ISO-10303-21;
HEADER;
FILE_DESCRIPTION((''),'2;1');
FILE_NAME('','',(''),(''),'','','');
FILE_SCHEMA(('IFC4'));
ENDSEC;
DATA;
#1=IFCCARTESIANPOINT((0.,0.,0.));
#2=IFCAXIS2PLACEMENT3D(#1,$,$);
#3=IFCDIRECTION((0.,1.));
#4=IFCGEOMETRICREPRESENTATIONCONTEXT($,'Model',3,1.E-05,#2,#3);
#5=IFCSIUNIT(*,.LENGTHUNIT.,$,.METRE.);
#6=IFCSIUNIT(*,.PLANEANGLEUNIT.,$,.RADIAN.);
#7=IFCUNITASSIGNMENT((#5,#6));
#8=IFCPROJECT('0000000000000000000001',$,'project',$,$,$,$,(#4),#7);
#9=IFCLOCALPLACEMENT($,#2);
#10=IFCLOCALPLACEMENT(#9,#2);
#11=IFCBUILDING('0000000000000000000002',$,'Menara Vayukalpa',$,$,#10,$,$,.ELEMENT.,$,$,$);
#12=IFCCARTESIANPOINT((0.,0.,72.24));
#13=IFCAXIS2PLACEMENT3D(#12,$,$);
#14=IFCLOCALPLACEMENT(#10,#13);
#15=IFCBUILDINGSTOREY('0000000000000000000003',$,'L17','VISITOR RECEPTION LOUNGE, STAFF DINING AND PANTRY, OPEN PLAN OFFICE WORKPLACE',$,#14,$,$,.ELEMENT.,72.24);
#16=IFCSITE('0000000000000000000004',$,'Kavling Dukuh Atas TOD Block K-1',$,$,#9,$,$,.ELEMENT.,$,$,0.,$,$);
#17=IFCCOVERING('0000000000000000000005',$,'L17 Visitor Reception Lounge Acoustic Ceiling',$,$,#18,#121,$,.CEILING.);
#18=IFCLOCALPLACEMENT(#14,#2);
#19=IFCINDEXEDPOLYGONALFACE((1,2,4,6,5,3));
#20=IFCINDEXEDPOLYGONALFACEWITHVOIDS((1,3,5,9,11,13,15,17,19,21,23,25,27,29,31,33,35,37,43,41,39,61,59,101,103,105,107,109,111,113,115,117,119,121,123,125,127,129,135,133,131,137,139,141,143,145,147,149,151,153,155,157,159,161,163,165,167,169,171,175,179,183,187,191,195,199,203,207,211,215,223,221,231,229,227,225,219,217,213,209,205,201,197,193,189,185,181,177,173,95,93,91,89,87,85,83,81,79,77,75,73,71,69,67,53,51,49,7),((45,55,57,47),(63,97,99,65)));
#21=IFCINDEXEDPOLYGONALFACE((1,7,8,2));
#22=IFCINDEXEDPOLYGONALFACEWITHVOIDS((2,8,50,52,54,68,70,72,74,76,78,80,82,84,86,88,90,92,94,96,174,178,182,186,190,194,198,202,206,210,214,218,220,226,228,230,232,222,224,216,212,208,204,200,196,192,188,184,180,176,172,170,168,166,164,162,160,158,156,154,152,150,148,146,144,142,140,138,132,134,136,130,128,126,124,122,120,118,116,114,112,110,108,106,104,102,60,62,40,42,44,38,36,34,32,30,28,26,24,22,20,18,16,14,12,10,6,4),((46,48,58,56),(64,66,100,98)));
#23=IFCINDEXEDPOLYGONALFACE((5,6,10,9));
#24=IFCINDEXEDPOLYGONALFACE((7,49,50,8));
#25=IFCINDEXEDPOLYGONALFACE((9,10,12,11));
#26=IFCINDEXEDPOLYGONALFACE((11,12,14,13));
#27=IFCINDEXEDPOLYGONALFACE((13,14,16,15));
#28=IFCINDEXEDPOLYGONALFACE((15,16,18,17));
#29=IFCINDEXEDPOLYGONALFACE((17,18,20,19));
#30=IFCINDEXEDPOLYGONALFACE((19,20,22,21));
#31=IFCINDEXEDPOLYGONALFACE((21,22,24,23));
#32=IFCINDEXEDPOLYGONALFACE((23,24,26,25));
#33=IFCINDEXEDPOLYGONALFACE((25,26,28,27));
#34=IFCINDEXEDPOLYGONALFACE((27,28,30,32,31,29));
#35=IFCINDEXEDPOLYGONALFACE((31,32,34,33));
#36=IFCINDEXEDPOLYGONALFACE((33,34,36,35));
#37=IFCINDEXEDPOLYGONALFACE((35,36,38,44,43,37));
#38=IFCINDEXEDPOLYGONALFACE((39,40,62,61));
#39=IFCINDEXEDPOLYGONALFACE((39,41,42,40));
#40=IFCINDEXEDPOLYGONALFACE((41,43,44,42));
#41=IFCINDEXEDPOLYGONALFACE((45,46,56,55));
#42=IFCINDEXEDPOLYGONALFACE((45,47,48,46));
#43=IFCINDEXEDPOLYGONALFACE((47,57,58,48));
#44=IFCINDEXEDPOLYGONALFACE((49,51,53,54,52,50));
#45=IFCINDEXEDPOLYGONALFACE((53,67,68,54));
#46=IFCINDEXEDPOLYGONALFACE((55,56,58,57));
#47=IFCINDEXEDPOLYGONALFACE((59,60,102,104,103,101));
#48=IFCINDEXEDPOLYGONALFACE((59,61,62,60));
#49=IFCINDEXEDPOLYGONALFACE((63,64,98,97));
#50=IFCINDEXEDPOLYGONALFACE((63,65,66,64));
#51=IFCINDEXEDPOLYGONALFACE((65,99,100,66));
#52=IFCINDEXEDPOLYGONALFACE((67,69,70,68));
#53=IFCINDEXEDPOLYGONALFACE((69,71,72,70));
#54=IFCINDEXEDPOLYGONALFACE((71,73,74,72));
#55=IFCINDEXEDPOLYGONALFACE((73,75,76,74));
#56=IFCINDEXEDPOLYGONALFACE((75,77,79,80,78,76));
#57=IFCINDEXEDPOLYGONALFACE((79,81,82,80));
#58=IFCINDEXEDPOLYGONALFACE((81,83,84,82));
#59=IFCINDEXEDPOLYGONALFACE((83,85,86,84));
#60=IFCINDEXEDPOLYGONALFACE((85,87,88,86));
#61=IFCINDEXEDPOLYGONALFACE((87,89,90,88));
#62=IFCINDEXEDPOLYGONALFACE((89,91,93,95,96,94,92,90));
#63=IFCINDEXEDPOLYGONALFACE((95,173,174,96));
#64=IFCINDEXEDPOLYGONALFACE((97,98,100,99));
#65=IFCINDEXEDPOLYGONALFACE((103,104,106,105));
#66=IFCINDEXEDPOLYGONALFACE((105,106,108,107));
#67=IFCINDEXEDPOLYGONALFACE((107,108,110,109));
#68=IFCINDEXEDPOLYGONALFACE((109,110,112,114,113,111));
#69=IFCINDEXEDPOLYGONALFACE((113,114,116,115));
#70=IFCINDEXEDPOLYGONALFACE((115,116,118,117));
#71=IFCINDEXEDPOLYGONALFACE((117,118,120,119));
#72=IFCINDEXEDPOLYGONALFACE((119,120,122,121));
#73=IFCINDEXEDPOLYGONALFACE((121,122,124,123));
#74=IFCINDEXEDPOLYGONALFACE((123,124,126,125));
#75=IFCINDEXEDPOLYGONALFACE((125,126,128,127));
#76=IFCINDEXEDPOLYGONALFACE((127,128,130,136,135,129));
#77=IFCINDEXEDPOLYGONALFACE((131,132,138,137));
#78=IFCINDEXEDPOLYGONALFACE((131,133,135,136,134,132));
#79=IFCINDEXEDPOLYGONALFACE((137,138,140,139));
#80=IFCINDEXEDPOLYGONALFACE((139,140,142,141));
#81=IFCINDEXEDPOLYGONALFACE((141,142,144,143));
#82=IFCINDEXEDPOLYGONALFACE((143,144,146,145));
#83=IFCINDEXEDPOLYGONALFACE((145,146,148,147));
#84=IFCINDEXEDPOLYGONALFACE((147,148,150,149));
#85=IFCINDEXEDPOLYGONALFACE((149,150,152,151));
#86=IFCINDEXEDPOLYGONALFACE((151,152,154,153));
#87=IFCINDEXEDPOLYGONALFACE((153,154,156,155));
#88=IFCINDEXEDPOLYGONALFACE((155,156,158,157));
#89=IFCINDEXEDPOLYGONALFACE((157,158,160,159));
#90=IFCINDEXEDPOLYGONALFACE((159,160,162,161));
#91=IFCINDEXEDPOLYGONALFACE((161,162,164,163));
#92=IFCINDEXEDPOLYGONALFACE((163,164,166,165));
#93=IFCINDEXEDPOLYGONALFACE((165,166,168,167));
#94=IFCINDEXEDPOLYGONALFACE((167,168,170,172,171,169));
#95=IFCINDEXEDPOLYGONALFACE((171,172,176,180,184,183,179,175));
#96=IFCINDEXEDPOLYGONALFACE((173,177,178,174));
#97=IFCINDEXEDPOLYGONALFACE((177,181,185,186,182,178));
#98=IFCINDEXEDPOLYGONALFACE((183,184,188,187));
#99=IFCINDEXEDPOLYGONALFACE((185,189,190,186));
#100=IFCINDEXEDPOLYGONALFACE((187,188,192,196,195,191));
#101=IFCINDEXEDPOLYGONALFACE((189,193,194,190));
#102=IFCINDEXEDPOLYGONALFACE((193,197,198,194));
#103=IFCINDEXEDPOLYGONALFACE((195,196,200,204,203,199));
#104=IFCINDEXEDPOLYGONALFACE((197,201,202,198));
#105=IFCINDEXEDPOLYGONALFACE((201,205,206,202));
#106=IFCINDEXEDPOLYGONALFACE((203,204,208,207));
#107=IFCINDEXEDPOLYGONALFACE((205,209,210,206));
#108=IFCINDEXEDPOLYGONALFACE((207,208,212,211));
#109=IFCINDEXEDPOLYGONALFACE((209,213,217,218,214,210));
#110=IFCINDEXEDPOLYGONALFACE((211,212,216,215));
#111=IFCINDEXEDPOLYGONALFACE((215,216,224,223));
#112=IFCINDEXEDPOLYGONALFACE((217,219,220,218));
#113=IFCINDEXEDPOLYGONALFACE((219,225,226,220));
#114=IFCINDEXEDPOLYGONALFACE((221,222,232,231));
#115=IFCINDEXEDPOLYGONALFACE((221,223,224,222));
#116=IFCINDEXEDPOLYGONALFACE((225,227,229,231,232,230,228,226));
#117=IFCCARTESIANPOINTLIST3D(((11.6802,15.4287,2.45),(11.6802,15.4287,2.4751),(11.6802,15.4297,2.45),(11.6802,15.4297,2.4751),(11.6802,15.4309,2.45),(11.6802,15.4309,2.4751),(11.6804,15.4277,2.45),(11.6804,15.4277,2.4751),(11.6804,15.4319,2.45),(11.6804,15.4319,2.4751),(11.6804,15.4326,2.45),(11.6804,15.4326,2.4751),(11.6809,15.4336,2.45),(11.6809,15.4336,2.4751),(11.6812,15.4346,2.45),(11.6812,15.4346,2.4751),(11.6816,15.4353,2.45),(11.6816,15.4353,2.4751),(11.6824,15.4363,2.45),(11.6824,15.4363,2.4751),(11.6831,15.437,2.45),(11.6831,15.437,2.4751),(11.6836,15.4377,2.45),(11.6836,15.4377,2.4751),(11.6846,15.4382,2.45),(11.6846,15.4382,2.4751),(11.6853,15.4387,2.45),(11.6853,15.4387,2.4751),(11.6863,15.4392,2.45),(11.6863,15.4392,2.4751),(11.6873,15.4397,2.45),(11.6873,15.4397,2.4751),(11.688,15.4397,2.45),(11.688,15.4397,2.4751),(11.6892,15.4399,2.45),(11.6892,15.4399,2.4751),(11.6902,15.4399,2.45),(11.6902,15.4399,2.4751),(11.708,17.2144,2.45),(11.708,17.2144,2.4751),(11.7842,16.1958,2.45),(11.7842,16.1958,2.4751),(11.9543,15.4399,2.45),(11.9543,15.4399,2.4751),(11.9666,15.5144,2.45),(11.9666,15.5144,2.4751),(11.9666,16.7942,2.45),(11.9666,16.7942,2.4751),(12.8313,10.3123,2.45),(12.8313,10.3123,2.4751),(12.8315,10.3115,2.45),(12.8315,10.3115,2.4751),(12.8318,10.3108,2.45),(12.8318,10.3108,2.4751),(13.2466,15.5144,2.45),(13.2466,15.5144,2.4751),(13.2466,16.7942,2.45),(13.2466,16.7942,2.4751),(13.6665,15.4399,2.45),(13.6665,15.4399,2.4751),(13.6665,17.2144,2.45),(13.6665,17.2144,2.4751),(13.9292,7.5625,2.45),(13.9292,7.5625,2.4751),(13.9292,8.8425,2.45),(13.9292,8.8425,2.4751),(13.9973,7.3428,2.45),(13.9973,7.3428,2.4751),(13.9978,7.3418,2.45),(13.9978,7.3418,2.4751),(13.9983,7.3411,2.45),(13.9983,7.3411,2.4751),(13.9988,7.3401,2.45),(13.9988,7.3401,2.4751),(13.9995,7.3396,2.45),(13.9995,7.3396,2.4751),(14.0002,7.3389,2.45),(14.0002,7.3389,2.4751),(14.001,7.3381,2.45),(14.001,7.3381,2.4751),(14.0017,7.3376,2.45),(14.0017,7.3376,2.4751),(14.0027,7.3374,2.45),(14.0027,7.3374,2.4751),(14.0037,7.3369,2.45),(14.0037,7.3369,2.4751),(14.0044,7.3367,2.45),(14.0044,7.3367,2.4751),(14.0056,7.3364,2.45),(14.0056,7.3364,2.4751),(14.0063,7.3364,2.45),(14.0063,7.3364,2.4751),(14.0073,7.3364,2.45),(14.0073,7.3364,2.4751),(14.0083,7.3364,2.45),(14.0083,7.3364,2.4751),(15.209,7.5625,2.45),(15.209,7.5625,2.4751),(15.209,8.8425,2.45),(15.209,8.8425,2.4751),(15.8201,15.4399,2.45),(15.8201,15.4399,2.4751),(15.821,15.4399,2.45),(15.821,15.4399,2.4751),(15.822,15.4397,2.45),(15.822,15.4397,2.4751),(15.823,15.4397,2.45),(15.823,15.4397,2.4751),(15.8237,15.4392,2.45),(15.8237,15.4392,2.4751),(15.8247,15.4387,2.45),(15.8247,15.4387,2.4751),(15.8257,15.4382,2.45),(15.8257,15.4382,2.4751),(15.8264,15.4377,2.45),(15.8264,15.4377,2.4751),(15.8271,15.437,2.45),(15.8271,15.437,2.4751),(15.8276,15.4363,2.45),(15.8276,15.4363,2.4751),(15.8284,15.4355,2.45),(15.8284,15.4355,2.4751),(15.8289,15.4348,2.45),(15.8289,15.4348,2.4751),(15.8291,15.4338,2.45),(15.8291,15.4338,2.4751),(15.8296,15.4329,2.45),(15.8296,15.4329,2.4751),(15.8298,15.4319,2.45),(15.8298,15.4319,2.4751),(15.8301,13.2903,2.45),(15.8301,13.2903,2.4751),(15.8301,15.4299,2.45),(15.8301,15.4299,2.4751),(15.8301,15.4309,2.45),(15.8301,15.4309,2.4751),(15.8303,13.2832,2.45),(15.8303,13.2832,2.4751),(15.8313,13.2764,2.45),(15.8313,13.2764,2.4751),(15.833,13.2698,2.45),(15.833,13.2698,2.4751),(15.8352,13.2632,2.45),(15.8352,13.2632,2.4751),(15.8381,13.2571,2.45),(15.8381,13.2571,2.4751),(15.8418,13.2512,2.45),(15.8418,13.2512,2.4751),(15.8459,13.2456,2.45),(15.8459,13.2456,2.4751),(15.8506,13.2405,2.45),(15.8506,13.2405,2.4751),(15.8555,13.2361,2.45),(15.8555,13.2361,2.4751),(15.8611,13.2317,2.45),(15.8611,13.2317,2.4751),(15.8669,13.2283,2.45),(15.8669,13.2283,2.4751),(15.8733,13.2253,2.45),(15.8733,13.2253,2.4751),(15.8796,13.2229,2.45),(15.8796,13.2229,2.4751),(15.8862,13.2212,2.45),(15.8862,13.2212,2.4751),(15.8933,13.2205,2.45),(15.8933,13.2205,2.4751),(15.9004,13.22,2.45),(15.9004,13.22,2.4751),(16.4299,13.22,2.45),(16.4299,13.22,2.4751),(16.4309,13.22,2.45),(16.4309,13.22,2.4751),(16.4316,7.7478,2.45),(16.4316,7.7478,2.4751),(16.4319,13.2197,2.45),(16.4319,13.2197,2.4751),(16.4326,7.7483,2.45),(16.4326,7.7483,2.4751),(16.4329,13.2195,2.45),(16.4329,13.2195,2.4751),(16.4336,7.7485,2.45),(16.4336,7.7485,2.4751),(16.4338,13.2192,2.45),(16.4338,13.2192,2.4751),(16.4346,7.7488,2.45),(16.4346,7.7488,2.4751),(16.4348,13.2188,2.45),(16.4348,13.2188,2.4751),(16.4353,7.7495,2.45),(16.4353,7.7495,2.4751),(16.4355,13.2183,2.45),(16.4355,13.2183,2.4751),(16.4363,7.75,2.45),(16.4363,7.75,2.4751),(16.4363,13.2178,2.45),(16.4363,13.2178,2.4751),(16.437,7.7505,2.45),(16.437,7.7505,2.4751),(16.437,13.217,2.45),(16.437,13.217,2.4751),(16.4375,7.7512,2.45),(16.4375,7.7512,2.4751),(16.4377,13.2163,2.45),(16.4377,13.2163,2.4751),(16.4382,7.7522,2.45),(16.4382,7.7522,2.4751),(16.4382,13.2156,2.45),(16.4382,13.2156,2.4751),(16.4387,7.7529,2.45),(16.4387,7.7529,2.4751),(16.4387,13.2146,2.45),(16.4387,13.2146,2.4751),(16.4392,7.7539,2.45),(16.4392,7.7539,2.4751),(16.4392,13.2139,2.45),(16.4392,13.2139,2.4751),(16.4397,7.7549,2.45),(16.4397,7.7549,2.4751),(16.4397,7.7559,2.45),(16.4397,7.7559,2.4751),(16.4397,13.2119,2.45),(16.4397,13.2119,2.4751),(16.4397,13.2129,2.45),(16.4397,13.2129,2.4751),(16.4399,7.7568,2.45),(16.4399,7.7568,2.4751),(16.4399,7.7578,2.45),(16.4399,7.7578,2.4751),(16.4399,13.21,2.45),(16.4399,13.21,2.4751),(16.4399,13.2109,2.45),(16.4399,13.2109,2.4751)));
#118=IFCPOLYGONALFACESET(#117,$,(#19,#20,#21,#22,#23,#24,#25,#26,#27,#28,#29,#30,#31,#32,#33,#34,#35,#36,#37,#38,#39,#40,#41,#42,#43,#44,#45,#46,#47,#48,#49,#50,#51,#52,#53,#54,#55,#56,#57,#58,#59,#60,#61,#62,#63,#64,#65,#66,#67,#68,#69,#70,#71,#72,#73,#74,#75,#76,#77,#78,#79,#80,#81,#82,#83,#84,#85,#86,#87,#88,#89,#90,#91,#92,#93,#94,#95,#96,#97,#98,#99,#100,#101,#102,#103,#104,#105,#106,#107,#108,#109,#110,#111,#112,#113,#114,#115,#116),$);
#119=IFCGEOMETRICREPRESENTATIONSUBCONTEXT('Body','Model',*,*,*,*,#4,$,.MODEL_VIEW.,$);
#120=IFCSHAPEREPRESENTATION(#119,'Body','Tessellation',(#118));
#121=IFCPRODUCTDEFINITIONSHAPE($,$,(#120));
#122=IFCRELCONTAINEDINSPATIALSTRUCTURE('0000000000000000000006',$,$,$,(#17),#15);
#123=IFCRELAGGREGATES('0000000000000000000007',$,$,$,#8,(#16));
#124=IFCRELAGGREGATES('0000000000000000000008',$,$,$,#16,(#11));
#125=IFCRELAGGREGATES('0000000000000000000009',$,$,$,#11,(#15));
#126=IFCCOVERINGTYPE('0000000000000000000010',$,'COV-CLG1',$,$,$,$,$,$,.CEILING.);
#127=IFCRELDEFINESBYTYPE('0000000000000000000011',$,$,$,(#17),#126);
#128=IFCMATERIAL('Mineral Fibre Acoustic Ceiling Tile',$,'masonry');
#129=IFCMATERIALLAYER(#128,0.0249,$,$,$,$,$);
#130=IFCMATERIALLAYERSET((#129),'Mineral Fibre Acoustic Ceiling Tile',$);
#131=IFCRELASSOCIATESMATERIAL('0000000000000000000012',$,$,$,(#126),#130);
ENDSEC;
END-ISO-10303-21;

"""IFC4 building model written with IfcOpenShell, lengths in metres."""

from ifc_helpers import new_model, si_unit, direction, frame, origin, place, context, subcontext, project, spatial, polyline, outline, extrude, material, layer, layer_set, type_object, element, save


model = new_model("IFC4")

# Units and contexts
model_context = context("Model", 3, precision=1e-05, world=origin(), true_north=direction((0.0, 1.0)))
body_context = subcontext(model_context, "Body", "Model", "MODEL_VIEW")
ifc_project = project(units=[si_unit("LENGTHUNIT", "METRE"), si_unit("PLANEANGLEUNIT", "RADIAN")], contexts=[model_context])

# Site, building, storey
site_placement = place(None, origin())
site = spatial("IfcSite", under=ifc_project, at=site_placement, Name="Kavling Dukuh Atas TOD Block K-1", CompositionType="ELEMENT", RefElevation=0.0)
building_placement = place(site_placement, origin())
building = spatial("IfcBuilding", under=site, at=building_placement, Name="Menara Vayukalpa", CompositionType="ELEMENT")
storey_placement = place(building_placement, frame((0.0, 0.0, 72.24)))
storey = spatial("IfcBuildingStorey", under=building, at=storey_placement, Name="L17", Description="VISITOR RECEPTION LOUNGE, STAFF DINING AND PANTRY, OPEN PLAN OFFICE WORKPLACE", CompositionType="ELEMENT", Elevation=72.24)

# Covering
ifc_material_1 = material(Name="Mineral Fibre Acoustic Ceiling Tile", Category="masonry")
ifc_layer_1 = layer(ifc_material_1, 0.0249)
ifc_layer_set_1 = layer_set([ifc_layer_1], Name="Mineral Fibre Acoustic Ceiling Tile")
covering_type_1 = type_object("IfcCoveringType", Name="COV-CLG1", PredefinedType="CEILING", material=ifc_layer_set_1)
covering_1_placement = place(storey_placement, frame((0.0, 0.0, 2.45)))
element("IfcCovering", 1, at=covering_1_placement, inside=storey, type_object=covering_type_1, Name="L17 Visitor Reception Lounge Acoustic Ceiling", PredefinedType="CEILING", context=body_context, shape_type="SweptSolid", body=[
    extrude(outline(polyline([(14.0056, 7.3364), (14.0044, 7.3367), (14.0037, 7.3369), (14.0027, 7.3374), (14.0017, 7.3376), (14.001, 7.3381), (14.0002, 7.3389), (13.9995, 7.3396), (13.9988, 7.3401), (13.9983, 7.3411), (13.9978, 7.3418), (13.9973, 7.3428), (12.8318, 10.3108), (12.8315, 10.3115), (12.8313, 10.3123), (11.6804, 15.4277), (11.6802, 15.4287), (11.6802, 15.4297), (11.6802, 15.4309), (11.6804, 15.4319), (11.6804, 15.4326), (11.6809, 15.4336), (11.6812, 15.4346), (11.6816, 15.4353), (11.6824, 15.4363), (11.6831, 15.437), (11.6836, 15.4377), (11.6846, 15.4382), (11.6853, 15.4387), (11.6863, 15.4392), (11.6873, 15.4397), (11.688, 15.4397), (11.6892, 15.4399), (11.6902, 15.4399), (11.9543, 15.4399), (11.7842, 16.1958), (11.708, 17.2144), (13.6665, 17.2144), (13.6665, 15.4399), (15.8201, 15.4399), (15.821, 15.4399), (15.822, 15.4397), (15.823, 15.4397), (15.8237, 15.4392), (15.8247, 15.4387), (15.8257, 15.4382), (15.8264, 15.4377), (15.8271, 15.437), (15.8276, 15.4363), (15.8284, 15.4355), (15.8289, 15.4348), (15.8291, 15.4338), (15.8296, 15.4329), (15.8298, 15.4319), (15.8301, 15.4309), (15.8301, 15.4299), (15.8301, 13.2903), (15.8303, 13.2832), (15.8313, 13.2764), (15.833, 13.2698), (15.8352, 13.2632), (15.8381, 13.2571), (15.8418, 13.2512), (15.8459, 13.2456), (15.8506, 13.2405), (15.8555, 13.2361), (15.8611, 13.2317), (15.8669, 13.2283), (15.8733, 13.2253), (15.8796, 13.2229), (15.8862, 13.2212), (15.8933, 13.2205), (15.9004, 13.22), (16.4299, 13.22), (16.4309, 13.22), (16.4319, 13.2197), (16.4329, 13.2195), (16.4338, 13.2192), (16.4348, 13.2188), (16.4355, 13.2183), (16.4363, 13.2178), (16.437, 13.217), (16.4377, 13.2163), (16.4382, 13.2156), (16.4387, 13.2146), (16.4392, 13.2139), (16.4397, 13.2129), (16.4397, 13.2119), (16.4399, 13.2109), (16.4399, 13.21), (16.4399, 7.7578), (16.4399, 7.7568), (16.4397, 7.7559), (16.4397, 7.7549), (16.4392, 7.7539), (16.4387, 7.7529), (16.4382, 7.7522), (16.4375, 7.7512), (16.437, 7.7505), (16.4363, 7.75), (16.4353, 7.7495), (16.4346, 7.7488), (16.4336, 7.7485), (16.4326, 7.7483), (16.4316, 7.7478), (14.0083, 7.3364), (14.0073, 7.3364), (14.0063, 7.3364), (14.0056, 7.3364)]), holes=[polyline([(15.209, 8.8425), (13.9292, 8.8425), (13.9292, 7.5625), (15.209, 7.5625), (15.209, 8.8425)]), polyline([(13.2466, 16.7942), (11.9666, 16.7942), (11.9666, 15.5144), (13.2466, 15.5144), (13.2466, 16.7942)])]), origin(), (0.0, 0.0, 1.0), 0.0251),
])

save(model, "model.ifc")
